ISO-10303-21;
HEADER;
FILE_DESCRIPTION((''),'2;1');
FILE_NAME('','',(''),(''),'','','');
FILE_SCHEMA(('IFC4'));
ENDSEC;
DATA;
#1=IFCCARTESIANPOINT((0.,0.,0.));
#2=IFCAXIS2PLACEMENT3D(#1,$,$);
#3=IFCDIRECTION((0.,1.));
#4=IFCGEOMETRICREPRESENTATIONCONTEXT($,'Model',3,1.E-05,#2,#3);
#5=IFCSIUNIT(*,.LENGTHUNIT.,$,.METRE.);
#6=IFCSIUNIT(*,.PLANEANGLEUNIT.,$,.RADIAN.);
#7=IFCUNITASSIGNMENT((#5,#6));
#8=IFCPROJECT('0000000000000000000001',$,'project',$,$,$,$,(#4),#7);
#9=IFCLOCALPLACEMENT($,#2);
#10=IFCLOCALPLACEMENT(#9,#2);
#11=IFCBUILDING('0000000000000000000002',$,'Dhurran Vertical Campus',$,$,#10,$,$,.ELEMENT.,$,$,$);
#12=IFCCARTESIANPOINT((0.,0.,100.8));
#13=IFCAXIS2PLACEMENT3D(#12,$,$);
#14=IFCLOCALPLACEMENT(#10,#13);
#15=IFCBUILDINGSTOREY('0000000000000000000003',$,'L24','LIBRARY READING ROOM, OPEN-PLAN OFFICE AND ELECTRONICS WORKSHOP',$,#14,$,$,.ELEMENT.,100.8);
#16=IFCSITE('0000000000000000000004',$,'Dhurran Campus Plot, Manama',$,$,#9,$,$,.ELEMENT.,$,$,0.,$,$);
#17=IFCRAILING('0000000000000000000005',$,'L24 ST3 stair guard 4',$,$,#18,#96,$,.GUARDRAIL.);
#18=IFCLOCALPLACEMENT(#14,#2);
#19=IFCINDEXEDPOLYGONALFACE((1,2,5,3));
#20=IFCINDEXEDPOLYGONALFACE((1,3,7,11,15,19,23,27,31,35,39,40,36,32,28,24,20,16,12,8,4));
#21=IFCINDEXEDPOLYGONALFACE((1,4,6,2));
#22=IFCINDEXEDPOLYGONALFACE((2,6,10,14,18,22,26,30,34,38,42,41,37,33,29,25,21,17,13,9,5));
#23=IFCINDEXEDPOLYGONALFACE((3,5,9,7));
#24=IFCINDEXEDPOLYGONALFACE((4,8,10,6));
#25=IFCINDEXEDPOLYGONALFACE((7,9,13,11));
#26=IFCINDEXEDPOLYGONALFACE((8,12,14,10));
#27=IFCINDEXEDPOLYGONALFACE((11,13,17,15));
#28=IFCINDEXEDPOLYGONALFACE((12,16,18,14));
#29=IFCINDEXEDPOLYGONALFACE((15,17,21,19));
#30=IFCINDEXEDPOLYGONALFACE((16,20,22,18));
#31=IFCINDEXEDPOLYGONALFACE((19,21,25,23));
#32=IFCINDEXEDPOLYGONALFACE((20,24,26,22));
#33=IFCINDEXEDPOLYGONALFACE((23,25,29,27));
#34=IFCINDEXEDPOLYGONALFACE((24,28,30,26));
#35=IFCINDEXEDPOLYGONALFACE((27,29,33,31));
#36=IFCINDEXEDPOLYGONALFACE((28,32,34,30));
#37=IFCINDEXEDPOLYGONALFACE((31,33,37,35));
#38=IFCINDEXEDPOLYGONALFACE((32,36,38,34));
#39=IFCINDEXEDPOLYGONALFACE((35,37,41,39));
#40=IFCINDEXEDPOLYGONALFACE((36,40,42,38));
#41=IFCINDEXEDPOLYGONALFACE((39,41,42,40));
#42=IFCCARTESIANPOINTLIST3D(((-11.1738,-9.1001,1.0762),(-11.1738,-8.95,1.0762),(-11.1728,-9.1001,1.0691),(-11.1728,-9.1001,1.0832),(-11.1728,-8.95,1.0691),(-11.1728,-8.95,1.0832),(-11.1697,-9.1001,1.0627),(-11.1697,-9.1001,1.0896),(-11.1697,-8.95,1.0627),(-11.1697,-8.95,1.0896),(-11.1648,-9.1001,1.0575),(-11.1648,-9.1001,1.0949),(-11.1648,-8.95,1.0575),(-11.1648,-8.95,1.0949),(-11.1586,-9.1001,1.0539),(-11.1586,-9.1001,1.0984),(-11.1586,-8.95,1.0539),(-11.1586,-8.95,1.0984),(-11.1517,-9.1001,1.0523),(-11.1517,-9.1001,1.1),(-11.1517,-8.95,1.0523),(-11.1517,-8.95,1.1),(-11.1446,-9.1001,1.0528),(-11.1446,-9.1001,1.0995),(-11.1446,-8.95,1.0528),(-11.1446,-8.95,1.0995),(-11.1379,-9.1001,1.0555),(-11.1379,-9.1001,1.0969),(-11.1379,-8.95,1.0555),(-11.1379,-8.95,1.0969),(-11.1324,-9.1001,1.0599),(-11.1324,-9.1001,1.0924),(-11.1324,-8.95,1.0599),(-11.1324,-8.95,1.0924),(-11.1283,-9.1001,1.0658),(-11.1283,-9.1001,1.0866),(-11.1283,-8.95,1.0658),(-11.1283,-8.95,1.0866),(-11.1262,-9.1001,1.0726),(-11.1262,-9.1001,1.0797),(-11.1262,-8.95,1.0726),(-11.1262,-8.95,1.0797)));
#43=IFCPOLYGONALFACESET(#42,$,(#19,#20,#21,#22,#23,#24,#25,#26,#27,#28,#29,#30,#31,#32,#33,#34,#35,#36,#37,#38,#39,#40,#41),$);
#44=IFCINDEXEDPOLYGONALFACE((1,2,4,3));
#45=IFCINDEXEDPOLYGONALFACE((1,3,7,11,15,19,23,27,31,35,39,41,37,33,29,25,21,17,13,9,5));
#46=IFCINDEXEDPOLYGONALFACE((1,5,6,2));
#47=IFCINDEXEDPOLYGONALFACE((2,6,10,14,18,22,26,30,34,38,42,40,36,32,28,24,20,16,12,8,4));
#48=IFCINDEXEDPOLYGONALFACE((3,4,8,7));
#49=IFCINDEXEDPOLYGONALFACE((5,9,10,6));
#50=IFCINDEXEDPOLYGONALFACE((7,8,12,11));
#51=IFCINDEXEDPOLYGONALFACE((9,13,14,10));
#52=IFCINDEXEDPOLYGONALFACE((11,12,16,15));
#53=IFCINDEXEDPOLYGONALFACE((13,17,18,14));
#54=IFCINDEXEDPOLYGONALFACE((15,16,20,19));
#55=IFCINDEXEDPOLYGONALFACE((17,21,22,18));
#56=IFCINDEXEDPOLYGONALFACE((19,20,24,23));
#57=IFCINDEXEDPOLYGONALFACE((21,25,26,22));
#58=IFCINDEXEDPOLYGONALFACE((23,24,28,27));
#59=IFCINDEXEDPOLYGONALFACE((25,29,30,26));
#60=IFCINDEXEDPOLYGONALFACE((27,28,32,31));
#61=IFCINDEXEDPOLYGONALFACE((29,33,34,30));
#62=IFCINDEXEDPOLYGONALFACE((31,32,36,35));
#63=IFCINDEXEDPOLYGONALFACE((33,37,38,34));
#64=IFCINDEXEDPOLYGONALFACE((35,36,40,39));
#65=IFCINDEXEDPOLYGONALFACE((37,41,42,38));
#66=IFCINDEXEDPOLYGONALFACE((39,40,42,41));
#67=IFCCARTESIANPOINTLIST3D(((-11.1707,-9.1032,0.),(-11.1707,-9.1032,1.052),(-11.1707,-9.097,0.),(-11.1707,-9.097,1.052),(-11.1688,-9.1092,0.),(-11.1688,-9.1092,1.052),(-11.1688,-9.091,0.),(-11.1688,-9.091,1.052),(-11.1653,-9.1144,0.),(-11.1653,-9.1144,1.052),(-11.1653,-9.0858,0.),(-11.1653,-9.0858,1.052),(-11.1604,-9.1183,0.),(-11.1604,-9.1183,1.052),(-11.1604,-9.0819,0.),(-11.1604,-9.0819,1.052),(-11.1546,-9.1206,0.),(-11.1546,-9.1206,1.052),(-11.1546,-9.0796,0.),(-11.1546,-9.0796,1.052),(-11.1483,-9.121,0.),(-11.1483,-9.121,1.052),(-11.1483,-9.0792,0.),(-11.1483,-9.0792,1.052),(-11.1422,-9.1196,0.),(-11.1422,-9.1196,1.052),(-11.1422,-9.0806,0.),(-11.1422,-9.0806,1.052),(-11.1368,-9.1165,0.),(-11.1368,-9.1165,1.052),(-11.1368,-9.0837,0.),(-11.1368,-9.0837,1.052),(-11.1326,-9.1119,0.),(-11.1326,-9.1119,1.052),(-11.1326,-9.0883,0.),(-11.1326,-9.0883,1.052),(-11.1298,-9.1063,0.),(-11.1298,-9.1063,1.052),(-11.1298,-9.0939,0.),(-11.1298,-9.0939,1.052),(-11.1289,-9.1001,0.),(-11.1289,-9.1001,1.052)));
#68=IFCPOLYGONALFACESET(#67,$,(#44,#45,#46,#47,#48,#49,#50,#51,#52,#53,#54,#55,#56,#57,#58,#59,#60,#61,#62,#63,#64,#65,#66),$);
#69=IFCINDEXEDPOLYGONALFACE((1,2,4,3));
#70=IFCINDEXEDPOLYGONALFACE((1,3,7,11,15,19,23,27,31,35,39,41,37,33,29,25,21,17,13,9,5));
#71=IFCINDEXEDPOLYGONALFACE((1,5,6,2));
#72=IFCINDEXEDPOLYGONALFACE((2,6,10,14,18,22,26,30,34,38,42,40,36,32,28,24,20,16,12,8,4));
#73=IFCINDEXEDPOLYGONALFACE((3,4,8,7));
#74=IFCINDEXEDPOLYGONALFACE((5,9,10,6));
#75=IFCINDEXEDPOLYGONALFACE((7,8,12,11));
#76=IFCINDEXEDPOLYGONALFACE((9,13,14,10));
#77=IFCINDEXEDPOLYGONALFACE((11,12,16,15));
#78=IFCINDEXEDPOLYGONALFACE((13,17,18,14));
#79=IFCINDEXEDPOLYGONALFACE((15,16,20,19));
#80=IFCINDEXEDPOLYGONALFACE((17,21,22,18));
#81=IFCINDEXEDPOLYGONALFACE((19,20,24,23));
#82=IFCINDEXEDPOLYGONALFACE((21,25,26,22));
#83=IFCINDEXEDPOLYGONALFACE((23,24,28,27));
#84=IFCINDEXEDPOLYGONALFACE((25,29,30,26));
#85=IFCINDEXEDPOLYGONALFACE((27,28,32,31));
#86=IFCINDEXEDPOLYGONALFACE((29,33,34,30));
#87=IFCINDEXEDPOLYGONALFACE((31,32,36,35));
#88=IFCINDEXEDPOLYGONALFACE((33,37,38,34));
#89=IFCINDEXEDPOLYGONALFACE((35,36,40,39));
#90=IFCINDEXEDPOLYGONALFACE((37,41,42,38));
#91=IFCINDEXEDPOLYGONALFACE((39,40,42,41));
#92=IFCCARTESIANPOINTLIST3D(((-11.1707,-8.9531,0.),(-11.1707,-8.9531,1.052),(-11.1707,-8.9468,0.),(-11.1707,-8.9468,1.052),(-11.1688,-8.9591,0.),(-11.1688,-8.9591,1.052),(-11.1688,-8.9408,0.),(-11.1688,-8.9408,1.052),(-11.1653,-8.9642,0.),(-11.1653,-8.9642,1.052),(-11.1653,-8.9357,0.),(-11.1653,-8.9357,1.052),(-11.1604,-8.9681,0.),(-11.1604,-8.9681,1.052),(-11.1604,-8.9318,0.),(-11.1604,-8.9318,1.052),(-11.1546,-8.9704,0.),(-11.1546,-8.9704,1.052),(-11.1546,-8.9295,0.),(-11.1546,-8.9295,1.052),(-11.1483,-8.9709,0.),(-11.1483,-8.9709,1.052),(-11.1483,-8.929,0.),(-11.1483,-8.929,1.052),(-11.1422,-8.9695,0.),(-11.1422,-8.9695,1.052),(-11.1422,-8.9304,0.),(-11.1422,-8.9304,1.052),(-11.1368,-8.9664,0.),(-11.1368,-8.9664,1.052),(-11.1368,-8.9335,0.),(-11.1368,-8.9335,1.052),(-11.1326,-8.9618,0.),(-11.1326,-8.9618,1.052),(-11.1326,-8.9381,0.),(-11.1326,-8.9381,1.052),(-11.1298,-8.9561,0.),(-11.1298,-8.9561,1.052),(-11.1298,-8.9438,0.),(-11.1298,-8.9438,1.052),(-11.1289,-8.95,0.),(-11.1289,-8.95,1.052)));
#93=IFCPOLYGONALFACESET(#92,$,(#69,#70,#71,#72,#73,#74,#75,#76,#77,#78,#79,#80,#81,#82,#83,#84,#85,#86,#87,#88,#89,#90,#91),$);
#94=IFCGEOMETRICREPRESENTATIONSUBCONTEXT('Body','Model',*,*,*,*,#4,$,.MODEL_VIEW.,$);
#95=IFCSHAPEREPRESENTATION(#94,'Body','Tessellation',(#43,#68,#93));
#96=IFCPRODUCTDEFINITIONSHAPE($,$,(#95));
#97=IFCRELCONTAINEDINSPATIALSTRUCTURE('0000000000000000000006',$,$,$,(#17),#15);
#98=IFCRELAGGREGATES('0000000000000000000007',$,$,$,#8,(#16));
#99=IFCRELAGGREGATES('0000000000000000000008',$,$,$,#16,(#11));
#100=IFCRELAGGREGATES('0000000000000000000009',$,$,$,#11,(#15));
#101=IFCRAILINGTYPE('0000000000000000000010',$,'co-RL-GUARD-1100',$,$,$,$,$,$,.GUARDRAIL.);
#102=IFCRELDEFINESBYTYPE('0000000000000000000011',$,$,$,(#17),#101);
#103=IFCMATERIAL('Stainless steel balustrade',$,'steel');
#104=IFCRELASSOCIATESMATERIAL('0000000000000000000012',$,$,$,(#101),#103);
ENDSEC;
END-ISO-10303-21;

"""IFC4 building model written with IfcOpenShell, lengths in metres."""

from ifc_helpers import new_model, si_unit, direction, frame, origin, origin_2d, place, context, subcontext, project, spatial, circle, extrude, material, type_object, element, save


model = new_model("IFC4")

# Units and contexts
model_context = context("Model", 3, precision=1e-05, world=origin(), true_north=direction((0.0, 1.0)))
body_context = subcontext(model_context, "Body", "Model", "MODEL_VIEW")
ifc_project = project(units=[si_unit("LENGTHUNIT", "METRE"), si_unit("PLANEANGLEUNIT", "RADIAN")], contexts=[model_context])

# Site, building, storey
site_placement = place(None, origin())
site = spatial("IfcSite", under=ifc_project, at=site_placement, Name="Dhurran Campus Plot, Manama", CompositionType="ELEMENT", RefElevation=0.0)
building_placement = place(site_placement, origin())
building = spatial("IfcBuilding", under=site, at=building_placement, Name="Dhurran Vertical Campus", CompositionType="ELEMENT")
storey_placement = place(building_placement, frame((0.0, 0.0, 100.8)))
storey = spatial("IfcBuildingStorey", under=building, at=storey_placement, Name="L24", Description="LIBRARY READING ROOM, OPEN-PLAN OFFICE AND ELECTRONICS WORKSHOP", CompositionType="ELEMENT", Elevation=100.8)

# Railing
ifc_material_1 = material(Name="Stainless steel balustrade", Category="steel")
railing_type_1 = type_object("IfcRailingType", Name="co-RL-GUARD-1100", PredefinedType="GUARDRAIL", material=ifc_material_1)
railing_1_placement = place(storey_placement, frame((-11.1499, -9.1001, 0.0)))
element("IfcRailing", 1, at=railing_1_placement, inside=storey, type_object=railing_type_1, Name="L24 ST3 stair guard 4", PredefinedType="GUARDRAIL", context=body_context, shape_type="SweptSolid", body=[
    extrude(circle(Radius=0.0239, at=origin_2d()), frame((0.0, 0.0, 1.0762), z_axis=(0.0, 1.0, 0.0), x_axis=(-1.0, 0.0, 0.0)), (0.0, 0.0, 1.0), 0.1501),
    extrude(circle(Radius=0.021, at=origin_2d()), origin(), (0.0, 0.0, 1.0), 1.052),
    extrude(circle(Radius=0.021, at=origin_2d()), frame((0.0, 0.1501, 0.0)), (0.0, 0.0, 1.0), 1.052),
])

save(model, "model.ifc")
